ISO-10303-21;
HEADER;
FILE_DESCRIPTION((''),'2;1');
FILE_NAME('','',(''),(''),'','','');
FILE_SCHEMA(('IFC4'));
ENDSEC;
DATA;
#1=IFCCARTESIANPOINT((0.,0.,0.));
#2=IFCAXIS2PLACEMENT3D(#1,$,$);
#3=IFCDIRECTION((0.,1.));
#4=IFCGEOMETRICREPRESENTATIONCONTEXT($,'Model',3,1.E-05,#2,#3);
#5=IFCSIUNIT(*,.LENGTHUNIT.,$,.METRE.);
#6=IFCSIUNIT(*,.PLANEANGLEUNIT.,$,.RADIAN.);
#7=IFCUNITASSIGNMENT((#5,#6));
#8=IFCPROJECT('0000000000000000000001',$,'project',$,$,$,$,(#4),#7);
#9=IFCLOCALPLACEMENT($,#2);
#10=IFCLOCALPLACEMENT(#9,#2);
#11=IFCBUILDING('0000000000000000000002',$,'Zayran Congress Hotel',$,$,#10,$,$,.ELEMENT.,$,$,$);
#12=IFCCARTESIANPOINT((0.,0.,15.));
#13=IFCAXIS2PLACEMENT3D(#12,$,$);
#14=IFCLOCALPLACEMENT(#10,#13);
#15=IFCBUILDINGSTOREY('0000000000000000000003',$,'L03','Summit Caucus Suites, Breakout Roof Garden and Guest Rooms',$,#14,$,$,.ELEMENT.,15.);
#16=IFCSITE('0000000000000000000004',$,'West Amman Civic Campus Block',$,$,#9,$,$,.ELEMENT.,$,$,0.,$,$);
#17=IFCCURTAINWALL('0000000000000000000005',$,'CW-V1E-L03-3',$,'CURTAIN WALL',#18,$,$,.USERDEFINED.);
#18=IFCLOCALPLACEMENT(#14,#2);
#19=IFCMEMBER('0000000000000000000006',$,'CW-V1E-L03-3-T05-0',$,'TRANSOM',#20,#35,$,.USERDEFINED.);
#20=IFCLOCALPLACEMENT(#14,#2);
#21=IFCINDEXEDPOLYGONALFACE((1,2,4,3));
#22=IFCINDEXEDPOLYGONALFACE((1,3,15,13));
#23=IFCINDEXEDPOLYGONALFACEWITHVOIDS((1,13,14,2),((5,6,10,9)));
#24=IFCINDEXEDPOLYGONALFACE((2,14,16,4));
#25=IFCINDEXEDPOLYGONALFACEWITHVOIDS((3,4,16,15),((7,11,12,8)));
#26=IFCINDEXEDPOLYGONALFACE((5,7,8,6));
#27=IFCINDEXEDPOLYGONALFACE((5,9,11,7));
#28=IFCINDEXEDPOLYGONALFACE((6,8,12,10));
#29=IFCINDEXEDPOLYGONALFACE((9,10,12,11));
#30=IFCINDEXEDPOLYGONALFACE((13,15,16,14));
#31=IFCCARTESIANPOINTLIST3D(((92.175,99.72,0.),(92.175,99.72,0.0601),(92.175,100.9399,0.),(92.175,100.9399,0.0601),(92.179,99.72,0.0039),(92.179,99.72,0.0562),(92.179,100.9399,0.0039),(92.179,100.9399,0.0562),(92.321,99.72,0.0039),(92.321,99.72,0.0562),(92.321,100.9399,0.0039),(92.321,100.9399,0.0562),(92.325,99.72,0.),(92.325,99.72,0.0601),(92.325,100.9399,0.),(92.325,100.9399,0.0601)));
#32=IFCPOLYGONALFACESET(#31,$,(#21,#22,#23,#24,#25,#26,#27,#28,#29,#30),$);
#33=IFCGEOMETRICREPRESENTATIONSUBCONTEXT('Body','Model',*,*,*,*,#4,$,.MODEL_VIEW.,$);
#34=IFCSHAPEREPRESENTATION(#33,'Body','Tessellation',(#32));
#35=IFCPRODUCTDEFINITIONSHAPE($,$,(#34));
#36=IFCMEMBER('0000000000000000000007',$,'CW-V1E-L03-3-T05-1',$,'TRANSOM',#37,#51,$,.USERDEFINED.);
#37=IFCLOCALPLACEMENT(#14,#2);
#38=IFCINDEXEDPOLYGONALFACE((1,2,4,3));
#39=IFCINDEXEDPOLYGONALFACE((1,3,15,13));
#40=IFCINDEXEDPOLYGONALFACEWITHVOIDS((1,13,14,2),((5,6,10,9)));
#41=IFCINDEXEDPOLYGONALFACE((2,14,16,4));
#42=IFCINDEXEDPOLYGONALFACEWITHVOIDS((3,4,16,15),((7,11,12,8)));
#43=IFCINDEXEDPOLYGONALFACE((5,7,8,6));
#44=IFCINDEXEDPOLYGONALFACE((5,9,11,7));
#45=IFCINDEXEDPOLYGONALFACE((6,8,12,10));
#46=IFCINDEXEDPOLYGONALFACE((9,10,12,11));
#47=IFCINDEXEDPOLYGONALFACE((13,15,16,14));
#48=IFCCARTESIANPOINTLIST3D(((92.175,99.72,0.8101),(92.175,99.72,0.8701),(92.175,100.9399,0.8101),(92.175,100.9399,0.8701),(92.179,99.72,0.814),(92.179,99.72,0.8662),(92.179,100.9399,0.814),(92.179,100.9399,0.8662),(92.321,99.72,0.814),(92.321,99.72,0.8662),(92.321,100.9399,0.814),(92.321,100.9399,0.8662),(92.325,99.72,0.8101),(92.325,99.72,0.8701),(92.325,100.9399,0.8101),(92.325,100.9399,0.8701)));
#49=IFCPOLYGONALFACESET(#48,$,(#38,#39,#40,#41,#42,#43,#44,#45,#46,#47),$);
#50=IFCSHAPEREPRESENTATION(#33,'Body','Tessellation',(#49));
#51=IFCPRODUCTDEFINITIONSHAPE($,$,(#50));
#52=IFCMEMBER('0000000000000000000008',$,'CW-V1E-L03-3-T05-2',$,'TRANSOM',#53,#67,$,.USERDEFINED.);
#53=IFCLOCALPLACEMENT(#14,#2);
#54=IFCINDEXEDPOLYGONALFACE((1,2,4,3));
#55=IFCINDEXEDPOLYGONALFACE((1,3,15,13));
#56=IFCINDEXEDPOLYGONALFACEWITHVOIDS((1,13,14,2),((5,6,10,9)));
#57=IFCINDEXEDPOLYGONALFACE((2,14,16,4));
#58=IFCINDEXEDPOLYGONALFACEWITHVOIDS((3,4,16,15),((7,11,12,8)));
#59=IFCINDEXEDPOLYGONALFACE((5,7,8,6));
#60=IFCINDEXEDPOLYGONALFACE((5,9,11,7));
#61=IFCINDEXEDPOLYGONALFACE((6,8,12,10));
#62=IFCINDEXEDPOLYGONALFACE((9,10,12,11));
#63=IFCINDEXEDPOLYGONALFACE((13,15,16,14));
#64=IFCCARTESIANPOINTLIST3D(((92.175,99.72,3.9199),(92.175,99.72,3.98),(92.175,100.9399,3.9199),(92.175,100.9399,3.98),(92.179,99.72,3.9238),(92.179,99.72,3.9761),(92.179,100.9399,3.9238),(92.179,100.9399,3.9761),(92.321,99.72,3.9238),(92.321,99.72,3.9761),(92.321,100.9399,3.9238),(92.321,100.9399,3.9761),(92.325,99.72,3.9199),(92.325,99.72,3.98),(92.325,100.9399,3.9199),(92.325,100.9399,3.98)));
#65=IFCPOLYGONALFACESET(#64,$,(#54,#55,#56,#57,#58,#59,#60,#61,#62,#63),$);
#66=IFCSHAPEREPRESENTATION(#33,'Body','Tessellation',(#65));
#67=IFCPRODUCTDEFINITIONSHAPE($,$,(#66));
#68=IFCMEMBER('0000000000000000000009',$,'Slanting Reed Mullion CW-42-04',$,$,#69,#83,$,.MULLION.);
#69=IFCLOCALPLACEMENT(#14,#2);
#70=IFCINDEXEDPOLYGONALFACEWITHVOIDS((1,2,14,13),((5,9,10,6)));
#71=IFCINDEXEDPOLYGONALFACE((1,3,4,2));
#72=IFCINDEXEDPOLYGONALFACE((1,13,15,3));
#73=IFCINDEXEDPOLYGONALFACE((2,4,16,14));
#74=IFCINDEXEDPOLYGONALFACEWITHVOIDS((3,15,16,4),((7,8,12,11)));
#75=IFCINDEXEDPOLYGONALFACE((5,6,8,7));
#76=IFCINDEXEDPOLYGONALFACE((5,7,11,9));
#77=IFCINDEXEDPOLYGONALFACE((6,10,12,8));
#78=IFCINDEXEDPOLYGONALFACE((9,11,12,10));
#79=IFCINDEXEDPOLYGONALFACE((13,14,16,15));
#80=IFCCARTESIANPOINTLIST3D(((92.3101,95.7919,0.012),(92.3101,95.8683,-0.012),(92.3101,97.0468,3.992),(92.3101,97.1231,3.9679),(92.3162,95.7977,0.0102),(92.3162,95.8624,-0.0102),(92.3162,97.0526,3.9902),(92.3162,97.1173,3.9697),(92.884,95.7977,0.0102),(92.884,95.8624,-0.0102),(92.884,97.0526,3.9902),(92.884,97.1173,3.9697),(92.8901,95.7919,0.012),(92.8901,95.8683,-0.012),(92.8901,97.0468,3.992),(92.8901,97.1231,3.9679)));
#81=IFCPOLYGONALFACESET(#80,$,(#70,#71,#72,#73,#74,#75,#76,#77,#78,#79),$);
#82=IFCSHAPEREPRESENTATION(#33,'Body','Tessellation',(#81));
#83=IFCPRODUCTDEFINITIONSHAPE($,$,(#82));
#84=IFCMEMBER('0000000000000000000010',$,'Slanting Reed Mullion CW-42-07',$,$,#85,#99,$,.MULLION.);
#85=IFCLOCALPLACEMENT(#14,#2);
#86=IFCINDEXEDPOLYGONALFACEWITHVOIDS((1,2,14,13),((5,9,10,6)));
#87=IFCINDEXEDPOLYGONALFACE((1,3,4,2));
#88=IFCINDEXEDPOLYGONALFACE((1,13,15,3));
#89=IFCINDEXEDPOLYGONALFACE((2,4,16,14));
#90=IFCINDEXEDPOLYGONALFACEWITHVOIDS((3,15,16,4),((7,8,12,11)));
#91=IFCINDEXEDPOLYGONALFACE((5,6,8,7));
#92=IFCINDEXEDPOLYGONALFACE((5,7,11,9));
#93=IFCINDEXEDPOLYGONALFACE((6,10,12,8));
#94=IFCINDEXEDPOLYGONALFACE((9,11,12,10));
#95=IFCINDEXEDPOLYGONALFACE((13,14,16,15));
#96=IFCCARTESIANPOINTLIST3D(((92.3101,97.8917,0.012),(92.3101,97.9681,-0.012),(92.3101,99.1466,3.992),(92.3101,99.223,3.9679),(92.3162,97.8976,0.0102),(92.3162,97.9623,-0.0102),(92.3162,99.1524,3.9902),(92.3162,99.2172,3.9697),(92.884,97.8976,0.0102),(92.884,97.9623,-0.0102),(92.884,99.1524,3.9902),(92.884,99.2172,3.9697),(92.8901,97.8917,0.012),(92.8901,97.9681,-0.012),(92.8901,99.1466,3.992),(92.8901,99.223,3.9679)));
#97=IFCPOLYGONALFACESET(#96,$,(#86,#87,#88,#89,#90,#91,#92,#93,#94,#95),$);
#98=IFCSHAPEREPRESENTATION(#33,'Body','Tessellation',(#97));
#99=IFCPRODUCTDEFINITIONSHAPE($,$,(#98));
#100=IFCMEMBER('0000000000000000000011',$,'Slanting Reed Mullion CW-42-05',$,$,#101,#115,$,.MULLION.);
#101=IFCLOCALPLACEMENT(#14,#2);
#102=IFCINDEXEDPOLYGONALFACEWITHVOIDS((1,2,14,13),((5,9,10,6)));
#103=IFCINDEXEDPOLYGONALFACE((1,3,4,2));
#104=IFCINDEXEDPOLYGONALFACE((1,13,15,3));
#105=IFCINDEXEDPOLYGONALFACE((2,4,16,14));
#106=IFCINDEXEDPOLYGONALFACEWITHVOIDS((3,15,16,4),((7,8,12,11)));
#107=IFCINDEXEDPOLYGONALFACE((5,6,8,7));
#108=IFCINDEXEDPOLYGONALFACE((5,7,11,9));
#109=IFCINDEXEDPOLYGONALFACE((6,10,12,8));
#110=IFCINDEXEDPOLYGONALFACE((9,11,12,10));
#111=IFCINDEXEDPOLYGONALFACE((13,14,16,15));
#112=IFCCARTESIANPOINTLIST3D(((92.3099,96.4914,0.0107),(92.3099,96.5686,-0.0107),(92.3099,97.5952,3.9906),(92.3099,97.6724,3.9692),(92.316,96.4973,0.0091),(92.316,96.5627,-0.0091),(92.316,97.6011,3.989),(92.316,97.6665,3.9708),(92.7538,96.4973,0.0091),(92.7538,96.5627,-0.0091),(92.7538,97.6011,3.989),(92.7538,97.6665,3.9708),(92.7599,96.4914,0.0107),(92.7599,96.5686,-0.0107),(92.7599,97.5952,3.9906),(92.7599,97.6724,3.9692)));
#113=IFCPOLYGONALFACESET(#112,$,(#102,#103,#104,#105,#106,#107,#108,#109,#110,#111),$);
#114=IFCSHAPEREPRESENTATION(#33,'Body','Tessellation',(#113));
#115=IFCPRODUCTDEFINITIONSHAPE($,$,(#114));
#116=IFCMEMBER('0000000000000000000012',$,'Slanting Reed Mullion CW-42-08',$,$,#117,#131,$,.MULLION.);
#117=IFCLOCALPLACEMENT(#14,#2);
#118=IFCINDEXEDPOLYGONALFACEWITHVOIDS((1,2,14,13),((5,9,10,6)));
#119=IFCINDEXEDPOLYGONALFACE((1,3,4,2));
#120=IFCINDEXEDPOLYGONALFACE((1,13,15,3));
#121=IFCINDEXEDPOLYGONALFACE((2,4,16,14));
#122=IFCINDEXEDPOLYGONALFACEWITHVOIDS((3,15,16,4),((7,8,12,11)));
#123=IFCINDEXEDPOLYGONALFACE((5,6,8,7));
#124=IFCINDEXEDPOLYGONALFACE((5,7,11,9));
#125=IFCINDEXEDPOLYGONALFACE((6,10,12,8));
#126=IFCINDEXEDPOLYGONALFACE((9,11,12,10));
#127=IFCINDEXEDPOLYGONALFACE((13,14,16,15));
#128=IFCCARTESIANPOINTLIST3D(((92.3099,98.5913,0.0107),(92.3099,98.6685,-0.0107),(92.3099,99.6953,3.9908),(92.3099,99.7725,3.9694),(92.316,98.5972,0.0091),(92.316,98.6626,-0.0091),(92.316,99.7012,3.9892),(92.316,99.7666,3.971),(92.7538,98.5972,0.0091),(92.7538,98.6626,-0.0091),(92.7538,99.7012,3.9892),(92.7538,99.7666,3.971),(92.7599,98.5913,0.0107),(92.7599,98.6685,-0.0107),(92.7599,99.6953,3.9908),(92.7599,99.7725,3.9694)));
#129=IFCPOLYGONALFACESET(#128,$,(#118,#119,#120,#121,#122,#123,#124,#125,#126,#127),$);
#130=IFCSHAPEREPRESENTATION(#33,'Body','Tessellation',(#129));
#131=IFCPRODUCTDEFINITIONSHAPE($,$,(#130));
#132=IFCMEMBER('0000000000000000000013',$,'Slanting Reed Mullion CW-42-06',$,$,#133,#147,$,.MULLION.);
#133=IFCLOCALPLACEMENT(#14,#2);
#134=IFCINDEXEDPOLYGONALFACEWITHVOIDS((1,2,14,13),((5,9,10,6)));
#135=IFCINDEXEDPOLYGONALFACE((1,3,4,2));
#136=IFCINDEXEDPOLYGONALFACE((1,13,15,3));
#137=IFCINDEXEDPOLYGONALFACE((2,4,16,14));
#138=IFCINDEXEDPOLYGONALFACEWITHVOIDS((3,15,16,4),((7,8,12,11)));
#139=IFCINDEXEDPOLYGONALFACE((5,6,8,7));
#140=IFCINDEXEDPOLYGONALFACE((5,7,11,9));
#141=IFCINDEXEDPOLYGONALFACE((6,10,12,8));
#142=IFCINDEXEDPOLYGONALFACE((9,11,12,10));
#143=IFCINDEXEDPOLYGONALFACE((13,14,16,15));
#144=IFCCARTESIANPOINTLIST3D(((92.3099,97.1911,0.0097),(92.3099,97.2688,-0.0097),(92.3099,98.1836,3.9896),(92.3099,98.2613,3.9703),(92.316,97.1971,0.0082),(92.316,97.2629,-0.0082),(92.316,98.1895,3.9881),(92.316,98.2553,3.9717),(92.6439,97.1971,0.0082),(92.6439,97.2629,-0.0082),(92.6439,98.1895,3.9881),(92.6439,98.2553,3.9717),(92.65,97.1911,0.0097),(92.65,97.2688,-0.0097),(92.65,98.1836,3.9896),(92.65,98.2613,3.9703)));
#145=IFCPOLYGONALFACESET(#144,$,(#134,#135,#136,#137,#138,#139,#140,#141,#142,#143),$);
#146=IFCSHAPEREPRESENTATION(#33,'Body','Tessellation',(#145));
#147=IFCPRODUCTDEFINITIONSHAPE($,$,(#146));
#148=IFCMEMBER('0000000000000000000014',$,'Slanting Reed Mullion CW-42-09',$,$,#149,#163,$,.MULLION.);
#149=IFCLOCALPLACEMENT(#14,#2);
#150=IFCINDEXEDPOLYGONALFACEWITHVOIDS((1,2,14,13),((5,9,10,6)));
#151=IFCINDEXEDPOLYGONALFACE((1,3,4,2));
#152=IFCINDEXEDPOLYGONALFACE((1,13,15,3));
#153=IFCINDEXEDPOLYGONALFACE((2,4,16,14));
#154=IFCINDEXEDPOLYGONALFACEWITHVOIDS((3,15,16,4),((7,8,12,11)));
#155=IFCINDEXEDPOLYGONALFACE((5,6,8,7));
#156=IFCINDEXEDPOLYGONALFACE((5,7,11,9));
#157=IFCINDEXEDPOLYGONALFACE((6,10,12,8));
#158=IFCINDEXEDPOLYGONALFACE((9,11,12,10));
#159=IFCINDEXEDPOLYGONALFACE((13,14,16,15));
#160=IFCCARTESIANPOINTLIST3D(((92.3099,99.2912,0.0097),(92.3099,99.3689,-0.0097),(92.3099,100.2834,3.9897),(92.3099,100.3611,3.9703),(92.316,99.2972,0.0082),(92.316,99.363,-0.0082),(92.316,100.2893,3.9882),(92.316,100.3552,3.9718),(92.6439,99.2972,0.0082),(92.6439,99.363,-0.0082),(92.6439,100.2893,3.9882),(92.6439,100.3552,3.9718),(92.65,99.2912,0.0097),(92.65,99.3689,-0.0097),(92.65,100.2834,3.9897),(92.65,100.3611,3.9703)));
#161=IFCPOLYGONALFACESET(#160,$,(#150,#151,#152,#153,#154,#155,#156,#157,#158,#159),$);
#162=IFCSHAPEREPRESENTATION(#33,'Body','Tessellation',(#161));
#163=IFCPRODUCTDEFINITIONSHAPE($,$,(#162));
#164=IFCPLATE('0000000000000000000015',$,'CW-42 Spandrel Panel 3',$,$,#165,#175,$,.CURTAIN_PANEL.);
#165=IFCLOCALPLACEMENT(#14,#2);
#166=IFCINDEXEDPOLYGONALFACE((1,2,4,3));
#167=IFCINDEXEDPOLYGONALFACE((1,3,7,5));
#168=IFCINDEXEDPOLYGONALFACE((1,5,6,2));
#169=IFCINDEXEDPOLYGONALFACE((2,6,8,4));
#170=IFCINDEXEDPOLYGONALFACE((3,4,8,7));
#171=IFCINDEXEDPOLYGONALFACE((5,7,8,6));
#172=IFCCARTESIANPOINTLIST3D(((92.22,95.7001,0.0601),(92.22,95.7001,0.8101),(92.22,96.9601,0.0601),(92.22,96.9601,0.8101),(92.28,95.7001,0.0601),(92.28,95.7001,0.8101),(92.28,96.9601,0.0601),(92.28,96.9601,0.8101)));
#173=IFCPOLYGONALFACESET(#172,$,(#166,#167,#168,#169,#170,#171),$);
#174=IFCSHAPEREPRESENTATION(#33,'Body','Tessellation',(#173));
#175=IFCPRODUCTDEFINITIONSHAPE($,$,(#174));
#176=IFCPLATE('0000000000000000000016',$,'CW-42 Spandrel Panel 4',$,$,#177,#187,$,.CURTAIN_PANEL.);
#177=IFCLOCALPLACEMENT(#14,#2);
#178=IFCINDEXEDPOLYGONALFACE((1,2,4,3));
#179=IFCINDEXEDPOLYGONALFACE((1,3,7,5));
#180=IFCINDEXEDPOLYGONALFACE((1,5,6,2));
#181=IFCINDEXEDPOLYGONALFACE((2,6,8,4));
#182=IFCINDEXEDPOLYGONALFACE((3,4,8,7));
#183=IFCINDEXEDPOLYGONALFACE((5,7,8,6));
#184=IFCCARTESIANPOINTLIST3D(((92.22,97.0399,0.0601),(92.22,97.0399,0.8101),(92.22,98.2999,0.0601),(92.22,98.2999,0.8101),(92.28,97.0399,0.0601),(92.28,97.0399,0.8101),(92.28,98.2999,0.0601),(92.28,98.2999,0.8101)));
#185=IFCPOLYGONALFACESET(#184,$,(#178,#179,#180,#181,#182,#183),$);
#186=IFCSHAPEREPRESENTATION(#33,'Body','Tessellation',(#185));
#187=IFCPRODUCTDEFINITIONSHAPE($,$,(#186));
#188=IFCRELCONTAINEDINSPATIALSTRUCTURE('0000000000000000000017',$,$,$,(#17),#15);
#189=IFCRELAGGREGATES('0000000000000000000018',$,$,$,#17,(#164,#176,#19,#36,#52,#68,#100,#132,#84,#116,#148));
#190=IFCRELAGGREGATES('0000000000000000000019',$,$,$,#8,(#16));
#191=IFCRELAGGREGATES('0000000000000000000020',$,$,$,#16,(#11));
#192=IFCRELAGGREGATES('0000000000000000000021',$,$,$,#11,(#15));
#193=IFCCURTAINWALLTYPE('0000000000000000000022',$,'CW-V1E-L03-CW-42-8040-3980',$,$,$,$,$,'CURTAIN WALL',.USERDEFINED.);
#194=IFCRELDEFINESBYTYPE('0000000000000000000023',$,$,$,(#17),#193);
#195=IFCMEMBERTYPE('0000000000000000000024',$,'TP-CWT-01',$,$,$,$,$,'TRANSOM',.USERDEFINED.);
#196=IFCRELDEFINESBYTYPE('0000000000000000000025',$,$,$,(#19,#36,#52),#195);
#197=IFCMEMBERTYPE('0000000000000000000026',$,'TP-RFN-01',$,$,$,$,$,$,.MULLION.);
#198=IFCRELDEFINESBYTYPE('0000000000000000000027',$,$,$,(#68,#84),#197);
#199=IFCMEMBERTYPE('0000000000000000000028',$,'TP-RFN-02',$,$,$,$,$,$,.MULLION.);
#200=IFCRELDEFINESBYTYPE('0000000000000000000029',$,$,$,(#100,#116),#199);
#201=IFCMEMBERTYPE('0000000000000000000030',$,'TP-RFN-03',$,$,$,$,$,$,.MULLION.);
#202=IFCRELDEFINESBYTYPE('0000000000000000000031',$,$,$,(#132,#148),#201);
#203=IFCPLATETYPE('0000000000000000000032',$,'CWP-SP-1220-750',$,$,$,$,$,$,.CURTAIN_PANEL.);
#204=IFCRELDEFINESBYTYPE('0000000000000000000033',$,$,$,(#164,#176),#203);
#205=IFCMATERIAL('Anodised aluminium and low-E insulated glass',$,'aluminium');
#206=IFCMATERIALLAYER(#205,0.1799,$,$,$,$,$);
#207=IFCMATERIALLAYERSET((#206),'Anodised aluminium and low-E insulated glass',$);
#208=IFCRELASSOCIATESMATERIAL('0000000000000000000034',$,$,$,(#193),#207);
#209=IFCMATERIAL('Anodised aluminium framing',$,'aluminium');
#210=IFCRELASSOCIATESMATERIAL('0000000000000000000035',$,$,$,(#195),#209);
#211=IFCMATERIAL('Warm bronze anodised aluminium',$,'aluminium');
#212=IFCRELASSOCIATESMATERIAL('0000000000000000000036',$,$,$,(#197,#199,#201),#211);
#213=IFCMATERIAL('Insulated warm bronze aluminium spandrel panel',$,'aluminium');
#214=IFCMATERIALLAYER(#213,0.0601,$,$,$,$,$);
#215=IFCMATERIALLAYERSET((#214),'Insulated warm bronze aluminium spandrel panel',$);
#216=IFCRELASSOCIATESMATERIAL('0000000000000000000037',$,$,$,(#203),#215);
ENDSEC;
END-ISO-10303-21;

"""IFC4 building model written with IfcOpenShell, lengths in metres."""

from ifc_helpers import new_model, si_unit, direction, frame, origin, origin_2d, place, context, subcontext, project, spatial, rectangle, hollow_rectangle, extrude, material, layer, layer_set, material_profile, profile_set, type_object, element, aggregate, save


model = new_model("IFC4")

# Units and contexts
model_context = context("Model", 3, precision=1e-05, world=origin(), true_north=direction((0.0, 1.0)))
body_context = subcontext(model_context, "Body", "Model", "MODEL_VIEW")
ifc_project = project(units=[si_unit("LENGTHUNIT", "METRE"), si_unit("PLANEANGLEUNIT", "RADIAN")], contexts=[model_context])

# Site, building, storey
site_placement = place(None, origin())
site = spatial("IfcSite", under=ifc_project, at=site_placement, Name="West Amman Civic Campus Block", CompositionType="ELEMENT", RefElevation=0.0)
building_placement = place(site_placement, origin())
building = spatial("IfcBuilding", under=site, at=building_placement, Name="Zayran Congress Hotel", CompositionType="ELEMENT")
storey_placement = place(building_placement, frame((0.0, 0.0, 15.0)))
storey = spatial("IfcBuildingStorey", under=building, at=storey_placement, Name="L03", Description="Summit Caucus Suites, Breakout Roof Garden and Guest Rooms", CompositionType="ELEMENT", Elevation=15.0)

# Curtain wall
ifc_material_1 = material(Name="Anodised aluminium and low-E insulated glass", Category="aluminium")
ifc_layer_1 = layer(ifc_material_1, 0.1799)
ifc_layer_set_1 = layer_set([ifc_layer_1], Name="Anodised aluminium and low-E insulated glass")
curtain_wall_type_1 = type_object("IfcCurtainWallType", Name="CW-V1E-L03-CW-42-8040-3980", ElementType="CURTAIN WALL", PredefinedType="USERDEFINED", material=ifc_layer_set_1)
curtain_wall_1_placement = place(storey_placement, origin())
curtain_wall_1 = element("IfcCurtainWall", 1, at=curtain_wall_1_placement, inside=storey, type_object=curtain_wall_type_1, Name="CW-V1E-L03-3", ObjectType="CURTAIN WALL", PredefinedType="USERDEFINED")
ifc_material_2 = material(Name="Anodised aluminium framing", Category="aluminium")

# Members
ifc_material_profile_1 = material_profile(ifc_material_2, hollow_rectangle(XDim=0.0601, YDim=0.1499, WallThickness=0.0039, at=origin_2d()), Name="RHS 150x60x4")
ifc_profile_set_1 = profile_set([ifc_material_profile_1], Name="Anodised aluminium framing")
member_type_1 = type_object("IfcMemberType", Name="TP-CWT-01", ElementType="TRANSOM", PredefinedType="USERDEFINED", material=ifc_profile_set_1)
member_1_placement = place(storey_placement, frame((92.25, 99.72, 0.03), z_axis=(0.0, 1.0, 0.0), x_axis=(0.0, 0.0, 1.0)))
member_1 = element("IfcMember", 2, at=member_1_placement, type_object=member_type_1, Name="CW-V1E-L03-3-T05-0", ObjectType="TRANSOM", PredefinedType="USERDEFINED", context=body_context, shape_type="SweptSolid", body=[
    extrude(hollow_rectangle(XDim=0.0601, YDim=0.1499, WallThickness=0.0039, at=origin_2d()), origin(), (0.0, 0.0, 1.0), 1.22),
])
member_2_placement = place(storey_placement, frame((92.25, 99.72, 0.8401), z_axis=(0.0, 1.0, 0.0), x_axis=(0.0, 0.0, 1.0)))
member_2 = element("IfcMember", 3, at=member_2_placement, type_object=member_type_1, Name="CW-V1E-L03-3-T05-1", ObjectType="TRANSOM", PredefinedType="USERDEFINED", context=body_context, shape_type="SweptSolid", body=[
    extrude(hollow_rectangle(XDim=0.0601, YDim=0.1499, WallThickness=0.0039, at=origin_2d()), origin(), (0.0, 0.0, 1.0), 1.22),
])
member_3_placement = place(storey_placement, frame((92.25, 99.72, 3.95), z_axis=(0.0, 1.0, 0.0), x_axis=(0.0, 0.0, 1.0)))
member_3 = element("IfcMember", 4, at=member_3_placement, type_object=member_type_1, Name="CW-V1E-L03-3-T05-2", ObjectType="TRANSOM", PredefinedType="USERDEFINED", context=body_context, shape_type="SweptSolid", body=[
    extrude(hollow_rectangle(XDim=0.0601, YDim=0.1499, WallThickness=0.0039, at=origin_2d()), origin(), (0.0, 0.0, 1.0), 1.22),
])
ifc_material_3 = material(Name="Warm bronze anodised aluminium", Category="aluminium")
ifc_material_profile_2 = material_profile(ifc_material_3, hollow_rectangle(XDim=0.0801, YDim=0.5801, WallThickness=0.0061, at=origin_2d()), Name="RHS 580x80x6")
ifc_profile_set_2 = profile_set([ifc_material_profile_2], Name="Warm bronze anodised aluminium")
member_type_2 = type_object("IfcMemberType", Name="TP-RFN-01", PredefinedType="MULLION", material=ifc_profile_set_2)
member_4_placement = place(storey_placement, frame((92.6001, 95.8301, 0.0), z_axis=(0.0, 0.300706, 0.953717), x_axis=(0.0, -0.953717, 0.300706)))
member_4 = element("IfcMember", 5, at=member_4_placement, type_object=member_type_2, Name="Slanting Reed Mullion CW-42-04", PredefinedType="MULLION", context=body_context, shape_type="SweptSolid", body=[
    extrude(hollow_rectangle(XDim=0.0801, YDim=0.5801, WallThickness=0.0061, at=origin_2d()), origin(), (0.0, 0.0, 1.0), 4.1731),
])
member_5_placement = place(storey_placement, frame((92.6001, 97.9299, 0.0), z_axis=(0.0, 0.300706, 0.953717), x_axis=(0.0, -0.953717, 0.300706)))
member_5 = element("IfcMember", 6, at=member_5_placement, type_object=member_type_2, Name="Slanting Reed Mullion CW-42-07", PredefinedType="MULLION", context=body_context, shape_type="SweptSolid", body=[
    extrude(hollow_rectangle(XDim=0.0801, YDim=0.5801, WallThickness=0.0061, at=origin_2d()), origin(), (0.0, 0.0, 1.0), 4.1731),
])
ifc_material_profile_3 = material_profile(ifc_material_3, hollow_rectangle(XDim=0.0801, YDim=0.45, WallThickness=0.0061, at=origin_2d()), Name="RHS 450x80x6")
ifc_profile_set_3 = profile_set([ifc_material_profile_3], Name="Warm bronze anodised aluminium")
member_type_3 = type_object("IfcMemberType", Name="TP-RFN-02", PredefinedType="MULLION", material=ifc_profile_set_3)
member_6_placement = place(storey_placement, frame((92.5349, 96.53, 0.0), z_axis=(0.0, 0.267241, 0.96363), x_axis=(0.0, -0.96363, 0.267241)))
member_6 = element("IfcMember", 7, at=member_6_placement, type_object=member_type_3, Name="Slanting Reed Mullion CW-42-05", PredefinedType="MULLION", context=body_context, shape_type="SweptSolid", body=[
    extrude(hollow_rectangle(XDim=0.0801, YDim=0.45, WallThickness=0.0061, at=origin_2d()), origin(), (0.0, 0.0, 1.0), 4.1301),
])
member_7_placement = place(storey_placement, frame((92.5349, 98.6299, 0.0), z_axis=(0.0, 0.267296, 0.963614), x_axis=(0.0, -0.963614, 0.267296)))
member_7 = element("IfcMember", 8, at=member_7_placement, type_object=member_type_3, Name="Slanting Reed Mullion CW-42-08", PredefinedType="MULLION", context=body_context, shape_type="SweptSolid", body=[
    extrude(hollow_rectangle(XDim=0.0801, YDim=0.45, WallThickness=0.0061, at=origin_2d()), origin(), (0.0, 0.0, 1.0), 4.1304),
])
ifc_material_profile_4 = material_profile(ifc_material_3, hollow_rectangle(XDim=0.0801, YDim=0.3401, WallThickness=0.0061, at=origin_2d()), Name="RHS 340x80x6")
ifc_profile_set_4 = profile_set([ifc_material_profile_4], Name="Warm bronze anodised aluminium")
member_type_4 = type_object("IfcMemberType", Name="TP-RFN-03", PredefinedType="MULLION", material=ifc_profile_set_4)
member_8_placement = place(storey_placement, frame((92.48, 97.23, 0.0), z_axis=(0.0, 0.241947, 0.970289), x_axis=(0.0, -0.970289, 0.241947)))
member_8 = element("IfcMember", 9, at=member_8_placement, type_object=member_type_4, Name="Slanting Reed Mullion CW-42-06", PredefinedType="MULLION", context=body_context, shape_type="SweptSolid", body=[
    extrude(hollow_rectangle(XDim=0.0801, YDim=0.3401, WallThickness=0.0061, at=origin_2d()), origin(), (0.0, 0.0, 1.0), 4.1018),
])
member_9_placement = place(storey_placement, frame((92.48, 99.3301, 0.0), z_axis=(0.0, 0.241891, 0.970303), x_axis=(0.0, -0.970303, 0.241891)))
member_9 = element("IfcMember", 10, at=member_9_placement, type_object=member_type_4, Name="Slanting Reed Mullion CW-42-09", PredefinedType="MULLION", context=body_context, shape_type="SweptSolid", body=[
    extrude(hollow_rectangle(XDim=0.0801, YDim=0.3401, WallThickness=0.0061, at=origin_2d()), origin(), (0.0, 0.0, 1.0), 4.1018),
])

# Plates
ifc_material_4 = material(Name="Insulated warm bronze aluminium spandrel panel", Category="aluminium")
ifc_layer_2 = layer(ifc_material_4, 0.0601)
ifc_layer_set_2 = layer_set([ifc_layer_2], Name="Insulated warm bronze aluminium spandrel panel")
plate_type_1 = type_object("IfcPlateType", Name="CWP-SP-1220-750", PredefinedType="CURTAIN_PANEL", material=ifc_layer_set_2)
plate_1_placement = place(storey_placement, frame((92.25, 96.3301, 0.0601), z_axis=(0.0, 0.0, 1.0), x_axis=(0.0, 1.0, 0.0)))
plate_1 = element("IfcPlate", 11, at=plate_1_placement, type_object=plate_type_1, Name="CW-42 Spandrel Panel 3", PredefinedType="CURTAIN_PANEL", context=body_context, shape_type="SweptSolid", body=[
    extrude(rectangle(XDim=1.26, YDim=0.0601, at=origin_2d()), origin(), (0.0, 0.0, 1.0), 0.75),
])
plate_2_placement = place(storey_placement, frame((92.25, 97.6699, 0.0601), z_axis=(0.0, 0.0, 1.0), x_axis=(0.0, 1.0, 0.0)))
plate_2 = element("IfcPlate", 12, at=plate_2_placement, type_object=plate_type_1, Name="CW-42 Spandrel Panel 4", PredefinedType="CURTAIN_PANEL", context=body_context, shape_type="SweptSolid", body=[
    extrude(rectangle(XDim=1.26, YDim=0.0601, at=origin_2d()), origin(), (0.0, 0.0, 1.0), 0.75),
])
aggregate(curtain_wall_1, [plate_1, plate_2, member_1, member_2, member_3, member_4, member_6, member_8, member_5, member_7, member_9])

save(model, "model.ifc")
